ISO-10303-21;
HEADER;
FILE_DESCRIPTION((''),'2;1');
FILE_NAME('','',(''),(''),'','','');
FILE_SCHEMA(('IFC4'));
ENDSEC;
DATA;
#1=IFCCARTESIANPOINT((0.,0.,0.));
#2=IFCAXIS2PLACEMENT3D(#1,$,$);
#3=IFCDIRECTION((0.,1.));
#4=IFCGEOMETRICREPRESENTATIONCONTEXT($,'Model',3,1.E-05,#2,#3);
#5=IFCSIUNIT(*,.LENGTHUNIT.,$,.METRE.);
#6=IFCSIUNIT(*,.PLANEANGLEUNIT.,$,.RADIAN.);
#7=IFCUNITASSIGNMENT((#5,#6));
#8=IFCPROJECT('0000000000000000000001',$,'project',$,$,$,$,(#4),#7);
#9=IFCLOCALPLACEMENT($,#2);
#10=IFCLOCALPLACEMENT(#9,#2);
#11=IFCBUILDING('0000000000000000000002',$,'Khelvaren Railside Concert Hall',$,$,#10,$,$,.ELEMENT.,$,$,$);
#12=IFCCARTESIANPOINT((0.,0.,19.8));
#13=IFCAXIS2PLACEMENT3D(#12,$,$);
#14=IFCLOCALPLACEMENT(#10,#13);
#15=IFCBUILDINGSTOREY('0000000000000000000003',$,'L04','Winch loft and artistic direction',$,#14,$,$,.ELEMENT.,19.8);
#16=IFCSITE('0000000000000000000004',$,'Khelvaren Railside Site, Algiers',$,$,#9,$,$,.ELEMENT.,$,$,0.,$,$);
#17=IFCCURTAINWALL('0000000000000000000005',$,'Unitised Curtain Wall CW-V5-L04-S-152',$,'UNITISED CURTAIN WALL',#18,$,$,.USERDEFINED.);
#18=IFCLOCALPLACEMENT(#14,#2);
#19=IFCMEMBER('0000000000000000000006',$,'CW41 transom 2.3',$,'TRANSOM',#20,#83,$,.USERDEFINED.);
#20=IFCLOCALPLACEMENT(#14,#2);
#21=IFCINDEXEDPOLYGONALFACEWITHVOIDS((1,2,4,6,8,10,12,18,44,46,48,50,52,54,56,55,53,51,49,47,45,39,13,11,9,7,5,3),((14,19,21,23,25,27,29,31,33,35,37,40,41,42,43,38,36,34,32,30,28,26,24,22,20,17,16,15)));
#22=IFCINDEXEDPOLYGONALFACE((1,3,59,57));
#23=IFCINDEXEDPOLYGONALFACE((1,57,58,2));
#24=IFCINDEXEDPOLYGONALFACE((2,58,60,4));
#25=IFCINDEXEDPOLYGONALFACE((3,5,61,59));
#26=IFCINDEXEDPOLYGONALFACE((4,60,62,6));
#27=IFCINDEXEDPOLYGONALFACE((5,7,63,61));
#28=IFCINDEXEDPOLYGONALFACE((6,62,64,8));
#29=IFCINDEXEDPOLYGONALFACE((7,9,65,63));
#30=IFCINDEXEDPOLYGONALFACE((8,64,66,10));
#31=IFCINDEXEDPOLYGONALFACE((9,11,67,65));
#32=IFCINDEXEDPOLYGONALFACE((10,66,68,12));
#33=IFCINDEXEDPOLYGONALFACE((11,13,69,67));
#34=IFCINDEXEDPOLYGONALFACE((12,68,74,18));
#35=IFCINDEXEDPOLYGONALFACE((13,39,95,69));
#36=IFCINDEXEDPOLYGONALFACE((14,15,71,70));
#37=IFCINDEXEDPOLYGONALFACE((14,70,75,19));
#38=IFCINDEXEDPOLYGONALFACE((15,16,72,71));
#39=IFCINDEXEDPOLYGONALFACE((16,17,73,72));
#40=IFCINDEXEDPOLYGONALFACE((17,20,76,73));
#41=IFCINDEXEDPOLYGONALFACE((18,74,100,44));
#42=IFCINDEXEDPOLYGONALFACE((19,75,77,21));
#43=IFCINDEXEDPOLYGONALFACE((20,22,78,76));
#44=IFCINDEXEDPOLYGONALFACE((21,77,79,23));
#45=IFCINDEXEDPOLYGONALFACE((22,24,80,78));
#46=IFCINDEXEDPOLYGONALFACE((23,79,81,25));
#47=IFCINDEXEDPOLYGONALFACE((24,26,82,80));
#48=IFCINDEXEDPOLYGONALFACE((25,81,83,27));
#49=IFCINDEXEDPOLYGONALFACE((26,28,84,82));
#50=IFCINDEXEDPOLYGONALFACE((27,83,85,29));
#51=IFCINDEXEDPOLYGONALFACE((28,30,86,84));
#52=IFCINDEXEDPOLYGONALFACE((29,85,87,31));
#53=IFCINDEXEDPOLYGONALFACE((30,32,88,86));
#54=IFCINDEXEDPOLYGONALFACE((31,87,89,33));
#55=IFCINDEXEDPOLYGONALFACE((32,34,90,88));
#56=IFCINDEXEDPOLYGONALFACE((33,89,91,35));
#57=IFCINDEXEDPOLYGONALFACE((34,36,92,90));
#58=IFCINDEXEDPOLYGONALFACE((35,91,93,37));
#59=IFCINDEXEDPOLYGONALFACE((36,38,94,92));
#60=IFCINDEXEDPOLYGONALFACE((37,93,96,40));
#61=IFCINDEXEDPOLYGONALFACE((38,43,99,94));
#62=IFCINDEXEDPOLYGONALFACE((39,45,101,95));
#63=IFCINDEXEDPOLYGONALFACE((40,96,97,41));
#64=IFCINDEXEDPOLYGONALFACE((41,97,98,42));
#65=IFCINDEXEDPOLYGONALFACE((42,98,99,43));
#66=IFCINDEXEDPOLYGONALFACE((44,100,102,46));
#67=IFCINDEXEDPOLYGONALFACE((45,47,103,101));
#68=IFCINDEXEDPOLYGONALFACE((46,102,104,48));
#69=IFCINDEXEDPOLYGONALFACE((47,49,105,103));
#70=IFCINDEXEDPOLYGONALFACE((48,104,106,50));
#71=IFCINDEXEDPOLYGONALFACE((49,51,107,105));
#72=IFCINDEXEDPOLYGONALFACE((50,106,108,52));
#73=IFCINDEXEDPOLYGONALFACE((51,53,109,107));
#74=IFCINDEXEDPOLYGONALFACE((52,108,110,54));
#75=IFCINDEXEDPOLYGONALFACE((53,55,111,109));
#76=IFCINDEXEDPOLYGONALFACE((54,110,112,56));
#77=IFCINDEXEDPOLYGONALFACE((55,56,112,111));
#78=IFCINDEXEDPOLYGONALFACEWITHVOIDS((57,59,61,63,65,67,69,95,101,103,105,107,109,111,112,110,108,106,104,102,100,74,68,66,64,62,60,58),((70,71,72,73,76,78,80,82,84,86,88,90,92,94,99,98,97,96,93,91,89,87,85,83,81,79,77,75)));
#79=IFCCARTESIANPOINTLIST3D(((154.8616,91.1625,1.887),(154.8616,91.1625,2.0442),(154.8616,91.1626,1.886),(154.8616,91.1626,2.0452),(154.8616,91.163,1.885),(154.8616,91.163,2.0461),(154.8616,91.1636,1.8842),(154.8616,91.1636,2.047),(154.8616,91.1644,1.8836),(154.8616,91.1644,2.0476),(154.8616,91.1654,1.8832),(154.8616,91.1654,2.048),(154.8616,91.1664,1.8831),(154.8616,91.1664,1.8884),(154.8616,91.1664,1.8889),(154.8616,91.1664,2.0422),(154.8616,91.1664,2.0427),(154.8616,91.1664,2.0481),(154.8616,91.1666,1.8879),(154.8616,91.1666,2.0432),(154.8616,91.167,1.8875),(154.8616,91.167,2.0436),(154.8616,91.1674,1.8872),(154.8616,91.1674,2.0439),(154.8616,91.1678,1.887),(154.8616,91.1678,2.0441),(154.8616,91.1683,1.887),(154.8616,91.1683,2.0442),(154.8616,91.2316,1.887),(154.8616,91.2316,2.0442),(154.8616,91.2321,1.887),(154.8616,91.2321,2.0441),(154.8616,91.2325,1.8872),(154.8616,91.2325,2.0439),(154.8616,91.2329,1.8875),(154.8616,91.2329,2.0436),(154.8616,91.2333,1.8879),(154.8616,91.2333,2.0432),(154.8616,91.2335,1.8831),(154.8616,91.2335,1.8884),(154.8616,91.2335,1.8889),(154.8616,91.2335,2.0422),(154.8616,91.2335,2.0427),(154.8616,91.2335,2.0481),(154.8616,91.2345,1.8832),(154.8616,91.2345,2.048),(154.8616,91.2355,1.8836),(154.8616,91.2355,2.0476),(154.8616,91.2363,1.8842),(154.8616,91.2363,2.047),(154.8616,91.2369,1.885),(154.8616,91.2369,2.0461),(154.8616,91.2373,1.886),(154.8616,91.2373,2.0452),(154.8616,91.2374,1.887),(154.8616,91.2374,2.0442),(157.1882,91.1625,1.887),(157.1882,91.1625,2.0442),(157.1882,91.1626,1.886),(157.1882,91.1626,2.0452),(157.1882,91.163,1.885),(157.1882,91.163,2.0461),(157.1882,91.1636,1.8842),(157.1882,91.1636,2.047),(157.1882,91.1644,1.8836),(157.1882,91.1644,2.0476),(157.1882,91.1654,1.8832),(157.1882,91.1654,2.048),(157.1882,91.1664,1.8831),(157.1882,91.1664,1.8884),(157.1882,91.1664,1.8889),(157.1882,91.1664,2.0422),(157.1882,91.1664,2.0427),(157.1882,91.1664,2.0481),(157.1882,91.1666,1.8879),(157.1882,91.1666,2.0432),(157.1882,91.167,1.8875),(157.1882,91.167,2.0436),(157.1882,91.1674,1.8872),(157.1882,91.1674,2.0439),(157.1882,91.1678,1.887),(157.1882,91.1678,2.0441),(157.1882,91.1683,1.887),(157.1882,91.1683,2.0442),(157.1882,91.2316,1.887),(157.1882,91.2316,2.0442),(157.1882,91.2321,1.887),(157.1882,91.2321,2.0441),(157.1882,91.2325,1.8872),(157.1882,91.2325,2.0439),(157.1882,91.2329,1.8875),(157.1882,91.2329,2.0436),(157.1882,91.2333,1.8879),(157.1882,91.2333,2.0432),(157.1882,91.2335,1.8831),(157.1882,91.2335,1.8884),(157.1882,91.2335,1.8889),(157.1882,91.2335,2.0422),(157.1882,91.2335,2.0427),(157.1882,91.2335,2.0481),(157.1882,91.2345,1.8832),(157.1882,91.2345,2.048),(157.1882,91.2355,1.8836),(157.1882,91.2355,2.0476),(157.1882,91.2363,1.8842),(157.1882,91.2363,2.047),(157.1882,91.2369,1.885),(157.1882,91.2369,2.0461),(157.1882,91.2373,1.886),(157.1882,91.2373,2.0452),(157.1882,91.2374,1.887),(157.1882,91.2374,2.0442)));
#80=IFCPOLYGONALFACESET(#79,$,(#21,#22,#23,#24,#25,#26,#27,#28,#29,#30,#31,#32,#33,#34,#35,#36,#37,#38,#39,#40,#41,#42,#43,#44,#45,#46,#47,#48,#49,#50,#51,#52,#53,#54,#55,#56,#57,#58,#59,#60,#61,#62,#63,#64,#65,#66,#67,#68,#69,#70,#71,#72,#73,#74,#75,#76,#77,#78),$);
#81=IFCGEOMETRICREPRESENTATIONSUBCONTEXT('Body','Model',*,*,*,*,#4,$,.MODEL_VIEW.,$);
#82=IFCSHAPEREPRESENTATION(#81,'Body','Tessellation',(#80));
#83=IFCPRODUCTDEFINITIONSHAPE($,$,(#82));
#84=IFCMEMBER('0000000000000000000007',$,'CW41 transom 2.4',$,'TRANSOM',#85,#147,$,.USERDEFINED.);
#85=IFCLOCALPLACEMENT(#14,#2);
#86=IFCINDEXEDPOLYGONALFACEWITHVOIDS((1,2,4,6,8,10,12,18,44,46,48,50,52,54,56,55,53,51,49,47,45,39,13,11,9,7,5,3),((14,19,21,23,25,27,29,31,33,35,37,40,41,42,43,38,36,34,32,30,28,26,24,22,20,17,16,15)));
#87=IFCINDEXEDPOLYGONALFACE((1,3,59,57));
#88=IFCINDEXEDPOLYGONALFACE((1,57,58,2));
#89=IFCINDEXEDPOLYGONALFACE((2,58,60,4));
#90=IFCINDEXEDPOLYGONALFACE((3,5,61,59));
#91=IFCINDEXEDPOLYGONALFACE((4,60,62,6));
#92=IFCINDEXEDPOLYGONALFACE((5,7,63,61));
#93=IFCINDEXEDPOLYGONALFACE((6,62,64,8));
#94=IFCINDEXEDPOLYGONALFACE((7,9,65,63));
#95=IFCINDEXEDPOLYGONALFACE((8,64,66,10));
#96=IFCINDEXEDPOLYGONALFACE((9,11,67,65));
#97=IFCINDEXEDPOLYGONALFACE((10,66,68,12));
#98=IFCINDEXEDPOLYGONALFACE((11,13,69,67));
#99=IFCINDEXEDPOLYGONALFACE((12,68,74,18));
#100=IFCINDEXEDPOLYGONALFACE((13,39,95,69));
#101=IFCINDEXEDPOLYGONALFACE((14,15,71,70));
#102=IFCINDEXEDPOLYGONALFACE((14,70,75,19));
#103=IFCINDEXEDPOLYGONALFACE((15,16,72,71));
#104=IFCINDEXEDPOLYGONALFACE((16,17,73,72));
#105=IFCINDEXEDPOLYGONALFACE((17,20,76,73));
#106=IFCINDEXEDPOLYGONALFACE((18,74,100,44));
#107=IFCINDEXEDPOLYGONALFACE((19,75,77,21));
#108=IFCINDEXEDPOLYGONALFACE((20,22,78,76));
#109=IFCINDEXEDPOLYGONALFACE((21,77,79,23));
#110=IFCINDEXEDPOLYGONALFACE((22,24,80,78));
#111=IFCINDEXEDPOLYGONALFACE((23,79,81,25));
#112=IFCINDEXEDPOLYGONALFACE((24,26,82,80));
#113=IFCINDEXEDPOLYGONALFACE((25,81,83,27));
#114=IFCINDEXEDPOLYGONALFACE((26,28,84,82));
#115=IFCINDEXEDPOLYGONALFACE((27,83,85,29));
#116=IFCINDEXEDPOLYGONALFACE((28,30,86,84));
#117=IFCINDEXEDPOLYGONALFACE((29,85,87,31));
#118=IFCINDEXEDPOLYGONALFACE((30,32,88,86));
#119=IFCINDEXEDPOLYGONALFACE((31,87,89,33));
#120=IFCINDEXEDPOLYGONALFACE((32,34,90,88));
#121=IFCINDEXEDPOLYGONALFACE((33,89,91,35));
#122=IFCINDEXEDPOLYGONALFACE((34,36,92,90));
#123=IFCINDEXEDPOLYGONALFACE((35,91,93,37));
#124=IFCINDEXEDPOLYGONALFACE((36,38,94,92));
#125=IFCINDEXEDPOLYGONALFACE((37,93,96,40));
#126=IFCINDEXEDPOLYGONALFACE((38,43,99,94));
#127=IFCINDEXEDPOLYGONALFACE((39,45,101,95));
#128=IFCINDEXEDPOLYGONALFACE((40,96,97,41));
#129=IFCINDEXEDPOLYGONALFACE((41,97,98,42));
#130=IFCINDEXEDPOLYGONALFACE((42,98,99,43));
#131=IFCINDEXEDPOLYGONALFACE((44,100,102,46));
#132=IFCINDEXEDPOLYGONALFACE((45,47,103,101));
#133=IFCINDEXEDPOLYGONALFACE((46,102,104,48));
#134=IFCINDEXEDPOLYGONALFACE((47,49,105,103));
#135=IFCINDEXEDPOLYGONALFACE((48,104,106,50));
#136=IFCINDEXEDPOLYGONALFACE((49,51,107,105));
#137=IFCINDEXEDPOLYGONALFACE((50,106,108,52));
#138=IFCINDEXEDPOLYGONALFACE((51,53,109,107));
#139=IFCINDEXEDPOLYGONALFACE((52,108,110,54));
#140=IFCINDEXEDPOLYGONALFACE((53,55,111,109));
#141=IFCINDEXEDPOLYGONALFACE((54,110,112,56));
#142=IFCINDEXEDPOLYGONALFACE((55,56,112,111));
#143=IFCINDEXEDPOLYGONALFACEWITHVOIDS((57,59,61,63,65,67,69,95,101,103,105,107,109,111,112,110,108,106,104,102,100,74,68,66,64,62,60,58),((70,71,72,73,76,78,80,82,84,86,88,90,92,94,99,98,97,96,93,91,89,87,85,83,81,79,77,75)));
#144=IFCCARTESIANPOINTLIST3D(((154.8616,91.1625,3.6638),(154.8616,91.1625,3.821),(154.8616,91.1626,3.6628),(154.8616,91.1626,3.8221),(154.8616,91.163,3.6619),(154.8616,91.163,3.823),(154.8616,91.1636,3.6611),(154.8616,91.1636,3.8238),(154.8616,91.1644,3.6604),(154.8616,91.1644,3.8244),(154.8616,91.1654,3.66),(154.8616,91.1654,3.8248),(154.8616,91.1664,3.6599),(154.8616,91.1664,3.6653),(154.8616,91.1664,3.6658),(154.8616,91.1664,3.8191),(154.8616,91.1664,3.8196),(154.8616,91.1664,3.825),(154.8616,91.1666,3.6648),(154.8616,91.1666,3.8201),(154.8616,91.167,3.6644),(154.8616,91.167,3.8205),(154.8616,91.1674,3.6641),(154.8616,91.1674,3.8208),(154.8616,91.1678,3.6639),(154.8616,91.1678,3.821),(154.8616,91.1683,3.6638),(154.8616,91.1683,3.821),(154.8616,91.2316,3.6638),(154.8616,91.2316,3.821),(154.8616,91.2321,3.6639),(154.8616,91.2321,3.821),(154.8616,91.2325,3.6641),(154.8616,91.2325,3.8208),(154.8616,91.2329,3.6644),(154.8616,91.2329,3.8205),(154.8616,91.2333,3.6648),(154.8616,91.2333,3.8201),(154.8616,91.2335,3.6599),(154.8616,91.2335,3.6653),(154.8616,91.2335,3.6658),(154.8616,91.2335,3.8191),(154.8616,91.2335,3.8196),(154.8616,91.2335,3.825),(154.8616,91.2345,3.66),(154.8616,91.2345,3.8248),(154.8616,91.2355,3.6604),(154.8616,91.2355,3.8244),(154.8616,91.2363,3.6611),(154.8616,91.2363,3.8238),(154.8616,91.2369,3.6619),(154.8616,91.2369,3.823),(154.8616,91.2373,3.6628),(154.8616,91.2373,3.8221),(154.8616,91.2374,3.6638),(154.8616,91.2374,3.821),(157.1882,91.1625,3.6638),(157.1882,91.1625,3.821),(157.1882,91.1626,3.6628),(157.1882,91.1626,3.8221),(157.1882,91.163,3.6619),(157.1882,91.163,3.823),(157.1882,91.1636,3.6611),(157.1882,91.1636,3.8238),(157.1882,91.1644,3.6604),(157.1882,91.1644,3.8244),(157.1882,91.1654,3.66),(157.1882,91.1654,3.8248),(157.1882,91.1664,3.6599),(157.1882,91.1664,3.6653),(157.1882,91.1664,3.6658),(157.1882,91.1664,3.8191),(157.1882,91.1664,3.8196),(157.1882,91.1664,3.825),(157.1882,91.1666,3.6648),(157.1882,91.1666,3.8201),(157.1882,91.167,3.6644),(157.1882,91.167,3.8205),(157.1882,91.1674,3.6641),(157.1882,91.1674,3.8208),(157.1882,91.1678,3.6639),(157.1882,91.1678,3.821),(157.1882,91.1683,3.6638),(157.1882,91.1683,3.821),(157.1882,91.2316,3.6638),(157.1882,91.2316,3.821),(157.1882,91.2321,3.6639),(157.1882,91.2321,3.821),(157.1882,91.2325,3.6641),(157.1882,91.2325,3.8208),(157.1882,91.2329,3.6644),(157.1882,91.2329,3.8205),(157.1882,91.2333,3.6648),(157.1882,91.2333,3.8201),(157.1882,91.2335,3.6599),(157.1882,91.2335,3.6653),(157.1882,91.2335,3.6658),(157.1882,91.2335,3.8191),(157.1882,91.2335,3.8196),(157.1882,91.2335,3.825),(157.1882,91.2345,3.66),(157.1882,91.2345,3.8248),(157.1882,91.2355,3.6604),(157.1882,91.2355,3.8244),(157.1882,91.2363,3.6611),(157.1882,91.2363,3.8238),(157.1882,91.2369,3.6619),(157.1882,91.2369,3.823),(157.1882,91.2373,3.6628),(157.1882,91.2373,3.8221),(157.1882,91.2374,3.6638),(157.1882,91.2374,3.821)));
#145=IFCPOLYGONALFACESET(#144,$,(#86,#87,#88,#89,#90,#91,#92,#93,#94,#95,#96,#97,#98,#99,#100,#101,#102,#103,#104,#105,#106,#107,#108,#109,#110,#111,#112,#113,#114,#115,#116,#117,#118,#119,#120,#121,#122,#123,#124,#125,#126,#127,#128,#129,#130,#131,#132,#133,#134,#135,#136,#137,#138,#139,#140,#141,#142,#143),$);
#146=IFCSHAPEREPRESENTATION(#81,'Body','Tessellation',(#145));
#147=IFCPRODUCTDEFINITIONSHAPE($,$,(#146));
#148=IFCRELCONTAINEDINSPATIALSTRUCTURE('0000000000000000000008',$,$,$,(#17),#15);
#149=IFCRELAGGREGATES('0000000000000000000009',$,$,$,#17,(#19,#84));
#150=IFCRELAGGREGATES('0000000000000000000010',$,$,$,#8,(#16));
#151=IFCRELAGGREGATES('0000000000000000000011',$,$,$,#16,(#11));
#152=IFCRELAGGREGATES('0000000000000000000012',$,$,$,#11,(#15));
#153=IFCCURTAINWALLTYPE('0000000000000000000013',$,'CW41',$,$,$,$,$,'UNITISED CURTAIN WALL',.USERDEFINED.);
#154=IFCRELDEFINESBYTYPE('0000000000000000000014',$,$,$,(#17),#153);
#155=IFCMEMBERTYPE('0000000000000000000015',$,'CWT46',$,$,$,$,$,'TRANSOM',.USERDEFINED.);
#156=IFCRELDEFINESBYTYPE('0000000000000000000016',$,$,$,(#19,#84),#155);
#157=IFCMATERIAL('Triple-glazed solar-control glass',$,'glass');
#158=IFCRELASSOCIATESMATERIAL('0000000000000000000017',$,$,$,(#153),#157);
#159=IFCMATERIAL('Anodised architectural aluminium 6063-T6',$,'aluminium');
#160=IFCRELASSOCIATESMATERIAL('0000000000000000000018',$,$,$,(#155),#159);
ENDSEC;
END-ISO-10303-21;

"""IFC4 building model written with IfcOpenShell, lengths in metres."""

from ifc_helpers import new_model, si_unit, direction, frame, origin, origin_2d, place, context, subcontext, project, spatial, hollow_rectangle, extrude, material, material_profile, profile_set, type_object, element, aggregate, save


model = new_model("IFC4")

# Units and contexts
model_context = context("Model", 3, precision=1e-05, world=origin(), true_north=direction((0.0, 1.0)))
body_context = subcontext(model_context, "Body", "Model", "MODEL_VIEW")
ifc_project = project(units=[si_unit("LENGTHUNIT", "METRE"), si_unit("PLANEANGLEUNIT", "RADIAN")], contexts=[model_context])

# Site, building, storey
site_placement = place(None, origin())
site = spatial("IfcSite", under=ifc_project, at=site_placement, Name="Khelvaren Railside Site, Algiers", CompositionType="ELEMENT", RefElevation=0.0)
building_placement = place(site_placement, origin())
building = spatial("IfcBuilding", under=site, at=building_placement, Name="Khelvaren Railside Concert Hall", CompositionType="ELEMENT")
storey_placement = place(building_placement, frame((0.0, 0.0, 19.8)))
storey = spatial("IfcBuildingStorey", under=building, at=storey_placement, Name="L04", Description="Winch loft and artistic direction", CompositionType="ELEMENT", Elevation=19.8)

# Curtain wall
ifc_material_1 = material(Name="Triple-glazed solar-control glass", Category="glass")
ifc_material_2 = material(Name="Anodised architectural aluminium 6063-T6", Category="aluminium")
curtain_wall_type_1 = type_object("IfcCurtainWallType", Name="CW41", ElementType="UNITISED CURTAIN WALL", PredefinedType="USERDEFINED", material=ifc_material_1)
curtain_wall_1_placement = place(storey_placement, origin())
curtain_wall_1 = element("IfcCurtainWall", 1, at=curtain_wall_1_placement, inside=storey, type_object=curtain_wall_type_1, Name="Unitised Curtain Wall CW-V5-L04-S-152", ObjectType="UNITISED CURTAIN WALL", PredefinedType="USERDEFINED")

# Members
ifc_material_profile_1 = material_profile(ifc_material_2, hollow_rectangle(XDim=0.075, YDim=0.165, WallThickness=0.0039, InnerFilletRadius=0.002, OuterFilletRadius=0.0039, at=origin_2d()), Name="CWT 75x165x4")
ifc_profile_set_1 = profile_set([ifc_material_profile_1], Name="Anodised architectural aluminium 6063-T6")
member_type_1 = type_object("IfcMemberType", Name="CWT46", ElementType="TRANSOM", PredefinedType="USERDEFINED", material=ifc_profile_set_1)
member_1_placement = place(storey_placement, frame((157.1882, 91.2, 1.9656), z_axis=(-1.0, 0.0, 0.0), x_axis=(0.0, -1.0, 0.0)))
member_1 = element("IfcMember", 2, at=member_1_placement, type_object=member_type_1, Name="CW41 transom 2.3", ObjectType="TRANSOM", PredefinedType="USERDEFINED", context=body_context, shape_type="SweptSolid", body=[
    extrude(hollow_rectangle(XDim=0.075, YDim=0.165, WallThickness=0.0039, InnerFilletRadius=0.002, OuterFilletRadius=0.0039, at=origin_2d()), origin(), (0.0, 0.0, 1.0), 2.3267),
])
member_2_placement = place(storey_placement, frame((157.1882, 91.2, 3.7424), z_axis=(-1.0, 0.0, 0.0), x_axis=(0.0, -1.0, 0.0)))
member_2 = element("IfcMember", 3, at=member_2_placement, type_object=member_type_1, Name="CW41 transom 2.4", ObjectType="TRANSOM", PredefinedType="USERDEFINED", context=body_context, shape_type="SweptSolid", body=[
    extrude(hollow_rectangle(XDim=0.075, YDim=0.165, WallThickness=0.0039, InnerFilletRadius=0.002, OuterFilletRadius=0.0039, at=origin_2d()), origin(), (0.0, 0.0, 1.0), 2.3267),
])

aggregate(curtain_wall_1, [member_1, member_2])

save(model, "model.ifc")
